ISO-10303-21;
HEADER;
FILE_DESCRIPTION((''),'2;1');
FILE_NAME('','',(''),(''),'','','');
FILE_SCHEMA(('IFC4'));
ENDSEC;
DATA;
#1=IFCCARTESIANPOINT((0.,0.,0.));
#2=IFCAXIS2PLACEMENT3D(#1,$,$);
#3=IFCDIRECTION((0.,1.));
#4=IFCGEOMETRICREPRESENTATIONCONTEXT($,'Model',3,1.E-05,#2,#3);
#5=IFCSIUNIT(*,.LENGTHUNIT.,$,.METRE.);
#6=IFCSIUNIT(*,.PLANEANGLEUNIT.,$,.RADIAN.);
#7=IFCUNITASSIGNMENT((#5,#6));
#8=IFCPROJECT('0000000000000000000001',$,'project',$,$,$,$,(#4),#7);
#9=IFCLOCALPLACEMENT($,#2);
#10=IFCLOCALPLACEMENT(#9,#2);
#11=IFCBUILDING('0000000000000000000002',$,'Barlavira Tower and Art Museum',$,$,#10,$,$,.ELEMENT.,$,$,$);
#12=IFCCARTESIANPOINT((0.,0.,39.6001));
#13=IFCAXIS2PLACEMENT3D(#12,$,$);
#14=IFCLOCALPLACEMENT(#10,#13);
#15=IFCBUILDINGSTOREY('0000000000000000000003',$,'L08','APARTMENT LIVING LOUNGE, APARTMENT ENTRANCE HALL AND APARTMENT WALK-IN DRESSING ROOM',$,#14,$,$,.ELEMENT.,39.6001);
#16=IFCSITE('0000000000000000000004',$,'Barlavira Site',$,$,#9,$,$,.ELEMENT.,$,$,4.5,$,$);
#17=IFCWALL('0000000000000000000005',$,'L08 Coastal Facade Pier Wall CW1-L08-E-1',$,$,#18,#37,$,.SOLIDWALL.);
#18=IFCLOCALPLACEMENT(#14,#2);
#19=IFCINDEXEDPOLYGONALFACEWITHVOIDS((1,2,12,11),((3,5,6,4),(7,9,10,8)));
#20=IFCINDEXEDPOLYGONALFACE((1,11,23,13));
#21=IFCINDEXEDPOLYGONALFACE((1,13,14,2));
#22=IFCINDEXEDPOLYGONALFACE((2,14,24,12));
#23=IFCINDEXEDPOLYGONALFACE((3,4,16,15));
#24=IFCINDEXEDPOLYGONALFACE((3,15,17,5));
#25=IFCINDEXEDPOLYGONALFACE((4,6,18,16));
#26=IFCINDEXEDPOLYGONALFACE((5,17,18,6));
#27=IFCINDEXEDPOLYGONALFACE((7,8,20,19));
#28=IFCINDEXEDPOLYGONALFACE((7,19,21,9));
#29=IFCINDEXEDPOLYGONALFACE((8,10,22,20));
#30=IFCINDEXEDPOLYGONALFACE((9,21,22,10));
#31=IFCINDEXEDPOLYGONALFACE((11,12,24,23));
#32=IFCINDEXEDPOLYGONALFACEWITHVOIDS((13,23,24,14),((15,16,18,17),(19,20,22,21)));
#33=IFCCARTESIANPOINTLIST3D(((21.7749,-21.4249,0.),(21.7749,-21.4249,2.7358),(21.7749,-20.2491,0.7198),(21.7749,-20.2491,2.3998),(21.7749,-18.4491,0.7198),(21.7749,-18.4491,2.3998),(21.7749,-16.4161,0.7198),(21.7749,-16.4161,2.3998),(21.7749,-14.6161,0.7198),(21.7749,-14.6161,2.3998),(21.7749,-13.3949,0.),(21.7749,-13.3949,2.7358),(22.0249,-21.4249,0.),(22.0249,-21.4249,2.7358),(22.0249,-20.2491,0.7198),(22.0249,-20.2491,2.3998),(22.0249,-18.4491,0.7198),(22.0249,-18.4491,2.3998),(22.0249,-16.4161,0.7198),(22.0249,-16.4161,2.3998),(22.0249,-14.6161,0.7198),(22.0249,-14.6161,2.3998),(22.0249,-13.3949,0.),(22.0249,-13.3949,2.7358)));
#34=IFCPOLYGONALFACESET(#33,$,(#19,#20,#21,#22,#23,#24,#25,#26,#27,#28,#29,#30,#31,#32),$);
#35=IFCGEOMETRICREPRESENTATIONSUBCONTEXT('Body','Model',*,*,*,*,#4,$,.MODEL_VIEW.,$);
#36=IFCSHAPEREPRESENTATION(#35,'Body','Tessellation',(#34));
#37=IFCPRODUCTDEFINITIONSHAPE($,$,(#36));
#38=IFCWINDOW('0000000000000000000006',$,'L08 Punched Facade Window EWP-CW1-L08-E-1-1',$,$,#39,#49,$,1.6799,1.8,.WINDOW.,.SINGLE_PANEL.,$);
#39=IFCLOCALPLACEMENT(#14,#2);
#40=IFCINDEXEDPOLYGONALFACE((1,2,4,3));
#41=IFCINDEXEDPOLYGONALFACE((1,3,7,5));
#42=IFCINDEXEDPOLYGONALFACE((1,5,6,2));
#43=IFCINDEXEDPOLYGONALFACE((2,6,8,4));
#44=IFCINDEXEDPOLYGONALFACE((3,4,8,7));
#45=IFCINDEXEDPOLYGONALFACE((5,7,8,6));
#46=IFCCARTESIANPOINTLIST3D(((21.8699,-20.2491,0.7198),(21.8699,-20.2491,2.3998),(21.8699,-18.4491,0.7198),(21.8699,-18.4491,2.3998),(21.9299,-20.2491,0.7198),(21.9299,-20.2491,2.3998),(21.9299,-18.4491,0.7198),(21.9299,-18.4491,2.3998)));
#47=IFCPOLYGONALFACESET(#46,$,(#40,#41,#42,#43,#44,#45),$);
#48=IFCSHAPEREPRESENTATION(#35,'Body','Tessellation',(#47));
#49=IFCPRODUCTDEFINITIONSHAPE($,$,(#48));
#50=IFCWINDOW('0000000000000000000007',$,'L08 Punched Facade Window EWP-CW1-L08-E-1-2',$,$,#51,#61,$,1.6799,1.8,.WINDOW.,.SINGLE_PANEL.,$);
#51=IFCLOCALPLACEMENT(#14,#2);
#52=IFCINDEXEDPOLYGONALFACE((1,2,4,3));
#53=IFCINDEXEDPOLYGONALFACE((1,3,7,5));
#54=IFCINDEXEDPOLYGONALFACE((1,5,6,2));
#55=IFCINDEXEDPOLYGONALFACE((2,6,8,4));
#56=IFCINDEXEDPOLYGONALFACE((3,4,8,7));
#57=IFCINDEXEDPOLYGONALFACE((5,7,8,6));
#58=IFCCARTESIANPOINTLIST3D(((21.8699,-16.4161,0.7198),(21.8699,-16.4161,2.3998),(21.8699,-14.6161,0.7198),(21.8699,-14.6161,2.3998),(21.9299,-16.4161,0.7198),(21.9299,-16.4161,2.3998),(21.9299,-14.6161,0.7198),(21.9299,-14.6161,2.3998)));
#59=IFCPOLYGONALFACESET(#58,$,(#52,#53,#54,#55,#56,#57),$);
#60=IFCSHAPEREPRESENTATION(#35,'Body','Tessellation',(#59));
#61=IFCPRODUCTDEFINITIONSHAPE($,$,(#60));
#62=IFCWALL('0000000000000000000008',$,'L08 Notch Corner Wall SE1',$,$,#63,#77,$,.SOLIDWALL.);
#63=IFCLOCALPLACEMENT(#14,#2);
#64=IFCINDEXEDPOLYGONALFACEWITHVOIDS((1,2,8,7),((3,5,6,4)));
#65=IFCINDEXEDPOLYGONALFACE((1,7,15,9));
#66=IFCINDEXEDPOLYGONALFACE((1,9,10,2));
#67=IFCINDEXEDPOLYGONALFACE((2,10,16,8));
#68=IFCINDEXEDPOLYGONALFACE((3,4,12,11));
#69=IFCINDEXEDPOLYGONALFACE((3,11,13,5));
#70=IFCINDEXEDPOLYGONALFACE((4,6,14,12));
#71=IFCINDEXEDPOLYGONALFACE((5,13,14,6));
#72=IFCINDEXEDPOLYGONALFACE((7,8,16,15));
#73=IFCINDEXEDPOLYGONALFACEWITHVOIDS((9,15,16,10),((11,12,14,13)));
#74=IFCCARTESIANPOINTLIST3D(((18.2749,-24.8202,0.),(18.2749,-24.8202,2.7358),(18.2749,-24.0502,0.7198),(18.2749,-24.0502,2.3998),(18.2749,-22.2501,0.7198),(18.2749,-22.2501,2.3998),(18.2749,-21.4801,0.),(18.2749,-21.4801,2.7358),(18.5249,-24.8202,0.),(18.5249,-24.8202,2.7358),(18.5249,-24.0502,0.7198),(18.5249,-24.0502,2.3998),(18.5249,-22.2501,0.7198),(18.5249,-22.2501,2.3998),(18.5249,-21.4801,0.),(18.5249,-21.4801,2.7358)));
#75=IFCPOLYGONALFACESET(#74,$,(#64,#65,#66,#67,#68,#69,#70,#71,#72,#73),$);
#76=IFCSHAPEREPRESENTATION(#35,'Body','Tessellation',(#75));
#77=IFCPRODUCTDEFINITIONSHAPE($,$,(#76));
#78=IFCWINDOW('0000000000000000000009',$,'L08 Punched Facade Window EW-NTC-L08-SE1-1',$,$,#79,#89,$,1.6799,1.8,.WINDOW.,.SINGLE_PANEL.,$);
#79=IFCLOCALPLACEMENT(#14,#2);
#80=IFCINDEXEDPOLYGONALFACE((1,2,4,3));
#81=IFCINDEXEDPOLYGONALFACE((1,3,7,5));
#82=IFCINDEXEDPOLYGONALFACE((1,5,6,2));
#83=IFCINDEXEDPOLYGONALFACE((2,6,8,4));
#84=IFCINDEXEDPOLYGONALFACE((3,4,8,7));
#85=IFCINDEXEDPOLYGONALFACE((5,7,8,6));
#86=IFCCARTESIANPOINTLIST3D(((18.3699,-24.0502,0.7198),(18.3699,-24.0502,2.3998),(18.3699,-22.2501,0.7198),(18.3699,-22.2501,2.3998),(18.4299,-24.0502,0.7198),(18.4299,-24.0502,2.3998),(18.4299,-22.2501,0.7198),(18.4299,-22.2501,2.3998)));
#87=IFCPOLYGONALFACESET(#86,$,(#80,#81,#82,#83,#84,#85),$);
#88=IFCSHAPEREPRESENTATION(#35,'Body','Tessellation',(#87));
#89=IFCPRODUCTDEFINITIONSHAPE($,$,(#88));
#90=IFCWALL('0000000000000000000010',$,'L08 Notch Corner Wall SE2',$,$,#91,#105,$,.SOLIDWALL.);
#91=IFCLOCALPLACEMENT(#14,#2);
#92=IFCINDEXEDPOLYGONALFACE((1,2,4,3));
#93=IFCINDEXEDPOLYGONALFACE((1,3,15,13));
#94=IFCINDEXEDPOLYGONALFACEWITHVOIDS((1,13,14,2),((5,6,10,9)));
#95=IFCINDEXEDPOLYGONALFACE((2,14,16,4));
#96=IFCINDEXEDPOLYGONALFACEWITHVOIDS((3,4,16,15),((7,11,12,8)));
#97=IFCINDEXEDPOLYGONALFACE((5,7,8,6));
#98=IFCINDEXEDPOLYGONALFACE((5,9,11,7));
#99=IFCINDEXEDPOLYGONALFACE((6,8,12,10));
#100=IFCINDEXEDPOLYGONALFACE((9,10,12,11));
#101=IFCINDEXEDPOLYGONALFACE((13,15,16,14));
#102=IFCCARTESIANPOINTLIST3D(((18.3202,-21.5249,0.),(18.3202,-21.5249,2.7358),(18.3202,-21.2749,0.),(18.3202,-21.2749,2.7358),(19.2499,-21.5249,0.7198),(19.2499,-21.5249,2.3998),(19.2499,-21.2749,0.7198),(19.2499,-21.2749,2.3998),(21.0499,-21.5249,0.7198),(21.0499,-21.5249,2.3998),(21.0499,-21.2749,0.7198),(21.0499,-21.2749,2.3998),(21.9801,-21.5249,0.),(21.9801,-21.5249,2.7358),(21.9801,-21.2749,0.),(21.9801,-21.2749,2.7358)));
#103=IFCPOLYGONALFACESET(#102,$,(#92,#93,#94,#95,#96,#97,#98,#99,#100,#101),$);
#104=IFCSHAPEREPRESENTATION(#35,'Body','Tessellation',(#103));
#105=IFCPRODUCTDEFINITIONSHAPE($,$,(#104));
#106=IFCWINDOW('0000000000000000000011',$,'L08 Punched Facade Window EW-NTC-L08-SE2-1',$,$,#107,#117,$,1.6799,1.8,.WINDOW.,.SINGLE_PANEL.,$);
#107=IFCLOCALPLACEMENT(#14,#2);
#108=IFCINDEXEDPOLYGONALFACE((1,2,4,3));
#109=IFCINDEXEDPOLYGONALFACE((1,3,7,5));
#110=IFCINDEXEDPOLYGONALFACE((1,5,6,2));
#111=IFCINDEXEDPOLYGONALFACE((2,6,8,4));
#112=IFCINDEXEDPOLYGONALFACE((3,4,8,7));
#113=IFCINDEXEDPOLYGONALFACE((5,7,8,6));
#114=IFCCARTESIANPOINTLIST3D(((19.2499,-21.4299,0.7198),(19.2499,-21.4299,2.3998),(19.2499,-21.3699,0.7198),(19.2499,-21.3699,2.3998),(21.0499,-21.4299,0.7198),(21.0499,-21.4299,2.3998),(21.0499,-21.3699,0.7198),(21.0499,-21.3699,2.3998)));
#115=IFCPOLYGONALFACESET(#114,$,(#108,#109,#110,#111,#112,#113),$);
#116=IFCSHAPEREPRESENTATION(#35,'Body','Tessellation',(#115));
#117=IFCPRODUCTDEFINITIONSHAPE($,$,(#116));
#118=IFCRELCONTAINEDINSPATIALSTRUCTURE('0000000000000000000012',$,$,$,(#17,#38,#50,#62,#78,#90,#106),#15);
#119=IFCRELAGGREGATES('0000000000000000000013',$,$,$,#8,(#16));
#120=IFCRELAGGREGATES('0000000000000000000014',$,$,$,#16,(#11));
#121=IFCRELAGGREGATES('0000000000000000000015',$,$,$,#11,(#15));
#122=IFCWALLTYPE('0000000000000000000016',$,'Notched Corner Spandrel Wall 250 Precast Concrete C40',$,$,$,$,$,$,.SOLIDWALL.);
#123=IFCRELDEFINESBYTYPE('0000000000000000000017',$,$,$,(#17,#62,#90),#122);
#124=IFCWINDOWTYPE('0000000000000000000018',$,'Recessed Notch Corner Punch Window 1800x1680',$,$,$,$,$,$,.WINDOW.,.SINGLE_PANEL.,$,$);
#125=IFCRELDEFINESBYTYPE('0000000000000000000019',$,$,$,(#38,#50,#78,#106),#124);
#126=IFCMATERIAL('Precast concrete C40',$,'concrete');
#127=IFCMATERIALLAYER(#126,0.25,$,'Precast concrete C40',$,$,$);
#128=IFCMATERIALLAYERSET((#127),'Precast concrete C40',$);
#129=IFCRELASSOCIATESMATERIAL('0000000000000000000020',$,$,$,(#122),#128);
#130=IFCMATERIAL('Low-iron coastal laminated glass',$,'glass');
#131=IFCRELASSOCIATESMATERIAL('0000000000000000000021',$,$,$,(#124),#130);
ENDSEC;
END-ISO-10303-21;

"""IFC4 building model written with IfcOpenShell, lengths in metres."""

from ifc_helpers import new_model, si_unit, direction, frame, frame_2d, origin, place, context, subcontext, project, spatial, rectangle, extrude, material, layer, layer_set, type_object, element, fill, save


model = new_model("IFC4")

# Units and contexts
model_context = context("Model", 3, precision=1e-05, world=origin(), true_north=direction((0.0, 1.0)))
body_context = subcontext(model_context, "Body", "Model", "MODEL_VIEW")
ifc_project = project(units=[si_unit("LENGTHUNIT", "METRE"), si_unit("PLANEANGLEUNIT", "RADIAN")], contexts=[model_context])

# Site, building, storey
site_placement = place(None, origin())
site = spatial("IfcSite", under=ifc_project, at=site_placement, Name="Barlavira Site", CompositionType="ELEMENT", RefElevation=4.5)
building_placement = place(site_placement, origin())
building = spatial("IfcBuilding", under=site, at=building_placement, Name="Barlavira Tower and Art Museum", CompositionType="ELEMENT")
storey_placement = place(building_placement, frame((0.0, 0.0, 39.6001)))
storey = spatial("IfcBuildingStorey", under=building, at=storey_placement, Name="L08", Description="APARTMENT LIVING LOUNGE, APARTMENT ENTRANCE HALL AND APARTMENT WALK-IN DRESSING ROOM", CompositionType="ELEMENT", Elevation=39.6001)

# Wall, openings, windows
ifc_material_1 = material(Name="Precast concrete C40", Category="concrete")
ifc_layer_1 = layer(ifc_material_1, 0.25, Name="Precast concrete C40")
ifc_layer_set_1 = layer_set([ifc_layer_1], Name="Precast concrete C40")
wall_type_1 = type_object("IfcWallType", Name="Notched Corner Spandrel Wall 250 Precast Concrete C40", PredefinedType="SOLIDWALL", material=ifc_layer_set_1)
ifc_material_2 = material(Name="Low-iron coastal laminated glass", Category="glass")
window_type = type_object("IfcWindowType", Name="Recessed Notch Corner Punch Window 1800x1680", PartitioningType="SINGLE_PANEL", PredefinedType="WINDOW", material=ifc_material_2)
wall_1_placement = place(storey_placement, frame((21.8999, -21.425, 0.0), z_axis=(0.0, 0.0, 1.0), x_axis=(0.0, 1.0, 0.0)))
wall_1 = element("IfcWall", 1, at=wall_1_placement, inside=storey, type_object=wall_type_1, Name="L08 Coastal Facade Pier Wall CW1-L08-E-1", PredefinedType="SOLIDWALL", context=body_context, shape_type="SweptSolid", body=[
    extrude(rectangle(XDim=8.03, YDim=0.25, at=frame_2d((4.0151, 0.0))), origin(), (0.0, 0.0, 1.0), 2.7358),
])
opening_1_placement = place(wall_1_placement, frame((1.176, 0.0, 0.72)))
opening_1 = element("IfcOpeningElement", 2, at=opening_1_placement, cuts=wall_1, PredefinedType="OPENING", context=body_context, shape_type="SweptSolid", body=[
    extrude(rectangle(XDim=1.8, YDim=1.6799, at=frame_2d((0.8999, 0.8398))), frame((0.0, 0.135, 0.0), z_axis=(0.0, -1.0, 0.0), x_axis=(1.0, 0.0, 0.0)), (0.0, 0.0, 1.0), 0.27),
])
opening_2_placement = place(wall_1_placement, frame((5.009, 0.0, 0.72)))
opening_2 = element("IfcOpeningElement", 3, at=opening_2_placement, cuts=wall_1, PredefinedType="OPENING", context=body_context, shape_type="SweptSolid", body=[
    extrude(rectangle(XDim=1.8, YDim=1.6799, at=frame_2d((0.8999, 0.8398))), frame((0.0, 0.135, 0.0), z_axis=(0.0, -1.0, 0.0), x_axis=(1.0, 0.0, 0.0)), (0.0, 0.0, 1.0), 0.27),
])
window_1_placement = place(opening_1_placement, origin())
window_1 = element("IfcWindow", 4, at=window_1_placement, inside=storey, type_object=window_type, Name="L08 Punched Facade Window EWP-CW1-L08-E-1-1", OverallHeight=1.6799, OverallWidth=1.8, PartitioningType="SINGLE_PANEL", PredefinedType="WINDOW", context=body_context, shape_type="SweptSolid", body=[
    extrude(rectangle(XDim=1.8, YDim=1.6799, at=frame_2d((0.8999, 0.8398))), frame((0.0, 0.03, 0.0), z_axis=(0.0, -1.0, 0.0), x_axis=(1.0, 0.0, 0.0)), (0.0, 0.0, 1.0), 0.0601),
])
fill(opening_1, window_1)
window_2_placement = place(opening_2_placement, origin())
window_2 = element("IfcWindow", 5, at=window_2_placement, inside=storey, type_object=window_type, Name="L08 Punched Facade Window EWP-CW1-L08-E-1-2", OverallHeight=1.6799, OverallWidth=1.8, PartitioningType="SINGLE_PANEL", PredefinedType="WINDOW", context=body_context, shape_type="SweptSolid", body=[
    extrude(rectangle(XDim=1.8, YDim=1.6799, at=frame_2d((0.8999, 0.8398))), frame((0.0, 0.03, 0.0), z_axis=(0.0, -1.0, 0.0), x_axis=(1.0, 0.0, 0.0)), (0.0, 0.0, 1.0), 0.0601),
])
fill(opening_2, window_2)

# Walls, openings, windows
wall_2_placement = place(storey_placement, frame((18.3999, -24.8201, 0.0), z_axis=(0.0, 0.0, 1.0), x_axis=(0.0, 1.0, 0.0)))
wall_2 = element("IfcWall", 6, at=wall_2_placement, inside=storey, type_object=wall_type_1, Name="L08 Notch Corner Wall SE1", PredefinedType="SOLIDWALL", context=body_context, shape_type="SweptSolid", body=[
    extrude(rectangle(XDim=3.3401, YDim=0.25, at=frame_2d((1.6699, 0.0))), origin(), (0.0, 0.0, 1.0), 2.7358),
])
opening_3_placement = place(wall_2_placement, frame((0.77, 0.0, 0.72)))
opening_3 = element("IfcOpeningElement", 7, at=opening_3_placement, cuts=wall_2, PredefinedType="OPENING", context=body_context, shape_type="SweptSolid", body=[
    extrude(rectangle(XDim=1.8, YDim=1.6799, at=frame_2d((0.8999, 0.8398))), frame((0.0, 0.135, 0.0), z_axis=(0.0, -1.0, 0.0), x_axis=(1.0, 0.0, 0.0)), (0.0, 0.0, 1.0), 0.27),
])
window_3_placement = place(opening_3_placement, origin())
window_3 = element("IfcWindow", 8, at=window_3_placement, inside=storey, type_object=window_type, Name="L08 Punched Facade Window EW-NTC-L08-SE1-1", OverallHeight=1.6799, OverallWidth=1.8, PartitioningType="SINGLE_PANEL", PredefinedType="WINDOW", context=body_context, shape_type="SweptSolid", body=[
    extrude(rectangle(XDim=1.8, YDim=1.6799, at=frame_2d((0.8999, 0.8398))), frame((0.0, 0.03, 0.0), z_axis=(0.0, -1.0, 0.0), x_axis=(1.0, 0.0, 0.0)), (0.0, 0.0, 1.0), 0.0601),
])
fill(opening_3, window_3)
wall_3_placement = place(storey_placement, frame((18.3201, -21.3999, 0.0), z_axis=(0.0, 0.0, 1.0), x_axis=(1.0, 0.0, 0.0)))
wall_3 = element("IfcWall", 9, at=wall_3_placement, inside=storey, type_object=wall_type_1, Name="L08 Notch Corner Wall SE2", PredefinedType="SOLIDWALL", context=body_context, shape_type="SweptSolid", body=[
    extrude(rectangle(XDim=3.6599, YDim=0.25, at=frame_2d((1.8301, 0.0))), origin(), (0.0, 0.0, 1.0), 2.7358),
])
opening_4_placement = place(wall_3_placement, frame((0.9299, 0.0, 0.72)))
opening_4 = element("IfcOpeningElement", 10, at=opening_4_placement, cuts=wall_3, PredefinedType="OPENING", context=body_context, shape_type="SweptSolid", body=[
    extrude(rectangle(XDim=1.8, YDim=1.6799, at=frame_2d((0.8999, 0.8398))), frame((0.0, 0.135, 0.0), z_axis=(0.0, -1.0, 0.0), x_axis=(1.0, 0.0, 0.0)), (0.0, 0.0, 1.0), 0.27),
])
window_4_placement = place(opening_4_placement, origin())
window_4 = element("IfcWindow", 11, at=window_4_placement, inside=storey, type_object=window_type, Name="L08 Punched Facade Window EW-NTC-L08-SE2-1", OverallHeight=1.6799, OverallWidth=1.8, PartitioningType="SINGLE_PANEL", PredefinedType="WINDOW", context=body_context, shape_type="SweptSolid", body=[
    extrude(rectangle(XDim=1.8, YDim=1.6799, at=frame_2d((0.8999, 0.8398))), frame((0.0, 0.03, 0.0), z_axis=(0.0, -1.0, 0.0), x_axis=(1.0, 0.0, 0.0)), (0.0, 0.0, 1.0), 0.0601),
])
fill(opening_4, window_4)

save(model, "model.ifc")
